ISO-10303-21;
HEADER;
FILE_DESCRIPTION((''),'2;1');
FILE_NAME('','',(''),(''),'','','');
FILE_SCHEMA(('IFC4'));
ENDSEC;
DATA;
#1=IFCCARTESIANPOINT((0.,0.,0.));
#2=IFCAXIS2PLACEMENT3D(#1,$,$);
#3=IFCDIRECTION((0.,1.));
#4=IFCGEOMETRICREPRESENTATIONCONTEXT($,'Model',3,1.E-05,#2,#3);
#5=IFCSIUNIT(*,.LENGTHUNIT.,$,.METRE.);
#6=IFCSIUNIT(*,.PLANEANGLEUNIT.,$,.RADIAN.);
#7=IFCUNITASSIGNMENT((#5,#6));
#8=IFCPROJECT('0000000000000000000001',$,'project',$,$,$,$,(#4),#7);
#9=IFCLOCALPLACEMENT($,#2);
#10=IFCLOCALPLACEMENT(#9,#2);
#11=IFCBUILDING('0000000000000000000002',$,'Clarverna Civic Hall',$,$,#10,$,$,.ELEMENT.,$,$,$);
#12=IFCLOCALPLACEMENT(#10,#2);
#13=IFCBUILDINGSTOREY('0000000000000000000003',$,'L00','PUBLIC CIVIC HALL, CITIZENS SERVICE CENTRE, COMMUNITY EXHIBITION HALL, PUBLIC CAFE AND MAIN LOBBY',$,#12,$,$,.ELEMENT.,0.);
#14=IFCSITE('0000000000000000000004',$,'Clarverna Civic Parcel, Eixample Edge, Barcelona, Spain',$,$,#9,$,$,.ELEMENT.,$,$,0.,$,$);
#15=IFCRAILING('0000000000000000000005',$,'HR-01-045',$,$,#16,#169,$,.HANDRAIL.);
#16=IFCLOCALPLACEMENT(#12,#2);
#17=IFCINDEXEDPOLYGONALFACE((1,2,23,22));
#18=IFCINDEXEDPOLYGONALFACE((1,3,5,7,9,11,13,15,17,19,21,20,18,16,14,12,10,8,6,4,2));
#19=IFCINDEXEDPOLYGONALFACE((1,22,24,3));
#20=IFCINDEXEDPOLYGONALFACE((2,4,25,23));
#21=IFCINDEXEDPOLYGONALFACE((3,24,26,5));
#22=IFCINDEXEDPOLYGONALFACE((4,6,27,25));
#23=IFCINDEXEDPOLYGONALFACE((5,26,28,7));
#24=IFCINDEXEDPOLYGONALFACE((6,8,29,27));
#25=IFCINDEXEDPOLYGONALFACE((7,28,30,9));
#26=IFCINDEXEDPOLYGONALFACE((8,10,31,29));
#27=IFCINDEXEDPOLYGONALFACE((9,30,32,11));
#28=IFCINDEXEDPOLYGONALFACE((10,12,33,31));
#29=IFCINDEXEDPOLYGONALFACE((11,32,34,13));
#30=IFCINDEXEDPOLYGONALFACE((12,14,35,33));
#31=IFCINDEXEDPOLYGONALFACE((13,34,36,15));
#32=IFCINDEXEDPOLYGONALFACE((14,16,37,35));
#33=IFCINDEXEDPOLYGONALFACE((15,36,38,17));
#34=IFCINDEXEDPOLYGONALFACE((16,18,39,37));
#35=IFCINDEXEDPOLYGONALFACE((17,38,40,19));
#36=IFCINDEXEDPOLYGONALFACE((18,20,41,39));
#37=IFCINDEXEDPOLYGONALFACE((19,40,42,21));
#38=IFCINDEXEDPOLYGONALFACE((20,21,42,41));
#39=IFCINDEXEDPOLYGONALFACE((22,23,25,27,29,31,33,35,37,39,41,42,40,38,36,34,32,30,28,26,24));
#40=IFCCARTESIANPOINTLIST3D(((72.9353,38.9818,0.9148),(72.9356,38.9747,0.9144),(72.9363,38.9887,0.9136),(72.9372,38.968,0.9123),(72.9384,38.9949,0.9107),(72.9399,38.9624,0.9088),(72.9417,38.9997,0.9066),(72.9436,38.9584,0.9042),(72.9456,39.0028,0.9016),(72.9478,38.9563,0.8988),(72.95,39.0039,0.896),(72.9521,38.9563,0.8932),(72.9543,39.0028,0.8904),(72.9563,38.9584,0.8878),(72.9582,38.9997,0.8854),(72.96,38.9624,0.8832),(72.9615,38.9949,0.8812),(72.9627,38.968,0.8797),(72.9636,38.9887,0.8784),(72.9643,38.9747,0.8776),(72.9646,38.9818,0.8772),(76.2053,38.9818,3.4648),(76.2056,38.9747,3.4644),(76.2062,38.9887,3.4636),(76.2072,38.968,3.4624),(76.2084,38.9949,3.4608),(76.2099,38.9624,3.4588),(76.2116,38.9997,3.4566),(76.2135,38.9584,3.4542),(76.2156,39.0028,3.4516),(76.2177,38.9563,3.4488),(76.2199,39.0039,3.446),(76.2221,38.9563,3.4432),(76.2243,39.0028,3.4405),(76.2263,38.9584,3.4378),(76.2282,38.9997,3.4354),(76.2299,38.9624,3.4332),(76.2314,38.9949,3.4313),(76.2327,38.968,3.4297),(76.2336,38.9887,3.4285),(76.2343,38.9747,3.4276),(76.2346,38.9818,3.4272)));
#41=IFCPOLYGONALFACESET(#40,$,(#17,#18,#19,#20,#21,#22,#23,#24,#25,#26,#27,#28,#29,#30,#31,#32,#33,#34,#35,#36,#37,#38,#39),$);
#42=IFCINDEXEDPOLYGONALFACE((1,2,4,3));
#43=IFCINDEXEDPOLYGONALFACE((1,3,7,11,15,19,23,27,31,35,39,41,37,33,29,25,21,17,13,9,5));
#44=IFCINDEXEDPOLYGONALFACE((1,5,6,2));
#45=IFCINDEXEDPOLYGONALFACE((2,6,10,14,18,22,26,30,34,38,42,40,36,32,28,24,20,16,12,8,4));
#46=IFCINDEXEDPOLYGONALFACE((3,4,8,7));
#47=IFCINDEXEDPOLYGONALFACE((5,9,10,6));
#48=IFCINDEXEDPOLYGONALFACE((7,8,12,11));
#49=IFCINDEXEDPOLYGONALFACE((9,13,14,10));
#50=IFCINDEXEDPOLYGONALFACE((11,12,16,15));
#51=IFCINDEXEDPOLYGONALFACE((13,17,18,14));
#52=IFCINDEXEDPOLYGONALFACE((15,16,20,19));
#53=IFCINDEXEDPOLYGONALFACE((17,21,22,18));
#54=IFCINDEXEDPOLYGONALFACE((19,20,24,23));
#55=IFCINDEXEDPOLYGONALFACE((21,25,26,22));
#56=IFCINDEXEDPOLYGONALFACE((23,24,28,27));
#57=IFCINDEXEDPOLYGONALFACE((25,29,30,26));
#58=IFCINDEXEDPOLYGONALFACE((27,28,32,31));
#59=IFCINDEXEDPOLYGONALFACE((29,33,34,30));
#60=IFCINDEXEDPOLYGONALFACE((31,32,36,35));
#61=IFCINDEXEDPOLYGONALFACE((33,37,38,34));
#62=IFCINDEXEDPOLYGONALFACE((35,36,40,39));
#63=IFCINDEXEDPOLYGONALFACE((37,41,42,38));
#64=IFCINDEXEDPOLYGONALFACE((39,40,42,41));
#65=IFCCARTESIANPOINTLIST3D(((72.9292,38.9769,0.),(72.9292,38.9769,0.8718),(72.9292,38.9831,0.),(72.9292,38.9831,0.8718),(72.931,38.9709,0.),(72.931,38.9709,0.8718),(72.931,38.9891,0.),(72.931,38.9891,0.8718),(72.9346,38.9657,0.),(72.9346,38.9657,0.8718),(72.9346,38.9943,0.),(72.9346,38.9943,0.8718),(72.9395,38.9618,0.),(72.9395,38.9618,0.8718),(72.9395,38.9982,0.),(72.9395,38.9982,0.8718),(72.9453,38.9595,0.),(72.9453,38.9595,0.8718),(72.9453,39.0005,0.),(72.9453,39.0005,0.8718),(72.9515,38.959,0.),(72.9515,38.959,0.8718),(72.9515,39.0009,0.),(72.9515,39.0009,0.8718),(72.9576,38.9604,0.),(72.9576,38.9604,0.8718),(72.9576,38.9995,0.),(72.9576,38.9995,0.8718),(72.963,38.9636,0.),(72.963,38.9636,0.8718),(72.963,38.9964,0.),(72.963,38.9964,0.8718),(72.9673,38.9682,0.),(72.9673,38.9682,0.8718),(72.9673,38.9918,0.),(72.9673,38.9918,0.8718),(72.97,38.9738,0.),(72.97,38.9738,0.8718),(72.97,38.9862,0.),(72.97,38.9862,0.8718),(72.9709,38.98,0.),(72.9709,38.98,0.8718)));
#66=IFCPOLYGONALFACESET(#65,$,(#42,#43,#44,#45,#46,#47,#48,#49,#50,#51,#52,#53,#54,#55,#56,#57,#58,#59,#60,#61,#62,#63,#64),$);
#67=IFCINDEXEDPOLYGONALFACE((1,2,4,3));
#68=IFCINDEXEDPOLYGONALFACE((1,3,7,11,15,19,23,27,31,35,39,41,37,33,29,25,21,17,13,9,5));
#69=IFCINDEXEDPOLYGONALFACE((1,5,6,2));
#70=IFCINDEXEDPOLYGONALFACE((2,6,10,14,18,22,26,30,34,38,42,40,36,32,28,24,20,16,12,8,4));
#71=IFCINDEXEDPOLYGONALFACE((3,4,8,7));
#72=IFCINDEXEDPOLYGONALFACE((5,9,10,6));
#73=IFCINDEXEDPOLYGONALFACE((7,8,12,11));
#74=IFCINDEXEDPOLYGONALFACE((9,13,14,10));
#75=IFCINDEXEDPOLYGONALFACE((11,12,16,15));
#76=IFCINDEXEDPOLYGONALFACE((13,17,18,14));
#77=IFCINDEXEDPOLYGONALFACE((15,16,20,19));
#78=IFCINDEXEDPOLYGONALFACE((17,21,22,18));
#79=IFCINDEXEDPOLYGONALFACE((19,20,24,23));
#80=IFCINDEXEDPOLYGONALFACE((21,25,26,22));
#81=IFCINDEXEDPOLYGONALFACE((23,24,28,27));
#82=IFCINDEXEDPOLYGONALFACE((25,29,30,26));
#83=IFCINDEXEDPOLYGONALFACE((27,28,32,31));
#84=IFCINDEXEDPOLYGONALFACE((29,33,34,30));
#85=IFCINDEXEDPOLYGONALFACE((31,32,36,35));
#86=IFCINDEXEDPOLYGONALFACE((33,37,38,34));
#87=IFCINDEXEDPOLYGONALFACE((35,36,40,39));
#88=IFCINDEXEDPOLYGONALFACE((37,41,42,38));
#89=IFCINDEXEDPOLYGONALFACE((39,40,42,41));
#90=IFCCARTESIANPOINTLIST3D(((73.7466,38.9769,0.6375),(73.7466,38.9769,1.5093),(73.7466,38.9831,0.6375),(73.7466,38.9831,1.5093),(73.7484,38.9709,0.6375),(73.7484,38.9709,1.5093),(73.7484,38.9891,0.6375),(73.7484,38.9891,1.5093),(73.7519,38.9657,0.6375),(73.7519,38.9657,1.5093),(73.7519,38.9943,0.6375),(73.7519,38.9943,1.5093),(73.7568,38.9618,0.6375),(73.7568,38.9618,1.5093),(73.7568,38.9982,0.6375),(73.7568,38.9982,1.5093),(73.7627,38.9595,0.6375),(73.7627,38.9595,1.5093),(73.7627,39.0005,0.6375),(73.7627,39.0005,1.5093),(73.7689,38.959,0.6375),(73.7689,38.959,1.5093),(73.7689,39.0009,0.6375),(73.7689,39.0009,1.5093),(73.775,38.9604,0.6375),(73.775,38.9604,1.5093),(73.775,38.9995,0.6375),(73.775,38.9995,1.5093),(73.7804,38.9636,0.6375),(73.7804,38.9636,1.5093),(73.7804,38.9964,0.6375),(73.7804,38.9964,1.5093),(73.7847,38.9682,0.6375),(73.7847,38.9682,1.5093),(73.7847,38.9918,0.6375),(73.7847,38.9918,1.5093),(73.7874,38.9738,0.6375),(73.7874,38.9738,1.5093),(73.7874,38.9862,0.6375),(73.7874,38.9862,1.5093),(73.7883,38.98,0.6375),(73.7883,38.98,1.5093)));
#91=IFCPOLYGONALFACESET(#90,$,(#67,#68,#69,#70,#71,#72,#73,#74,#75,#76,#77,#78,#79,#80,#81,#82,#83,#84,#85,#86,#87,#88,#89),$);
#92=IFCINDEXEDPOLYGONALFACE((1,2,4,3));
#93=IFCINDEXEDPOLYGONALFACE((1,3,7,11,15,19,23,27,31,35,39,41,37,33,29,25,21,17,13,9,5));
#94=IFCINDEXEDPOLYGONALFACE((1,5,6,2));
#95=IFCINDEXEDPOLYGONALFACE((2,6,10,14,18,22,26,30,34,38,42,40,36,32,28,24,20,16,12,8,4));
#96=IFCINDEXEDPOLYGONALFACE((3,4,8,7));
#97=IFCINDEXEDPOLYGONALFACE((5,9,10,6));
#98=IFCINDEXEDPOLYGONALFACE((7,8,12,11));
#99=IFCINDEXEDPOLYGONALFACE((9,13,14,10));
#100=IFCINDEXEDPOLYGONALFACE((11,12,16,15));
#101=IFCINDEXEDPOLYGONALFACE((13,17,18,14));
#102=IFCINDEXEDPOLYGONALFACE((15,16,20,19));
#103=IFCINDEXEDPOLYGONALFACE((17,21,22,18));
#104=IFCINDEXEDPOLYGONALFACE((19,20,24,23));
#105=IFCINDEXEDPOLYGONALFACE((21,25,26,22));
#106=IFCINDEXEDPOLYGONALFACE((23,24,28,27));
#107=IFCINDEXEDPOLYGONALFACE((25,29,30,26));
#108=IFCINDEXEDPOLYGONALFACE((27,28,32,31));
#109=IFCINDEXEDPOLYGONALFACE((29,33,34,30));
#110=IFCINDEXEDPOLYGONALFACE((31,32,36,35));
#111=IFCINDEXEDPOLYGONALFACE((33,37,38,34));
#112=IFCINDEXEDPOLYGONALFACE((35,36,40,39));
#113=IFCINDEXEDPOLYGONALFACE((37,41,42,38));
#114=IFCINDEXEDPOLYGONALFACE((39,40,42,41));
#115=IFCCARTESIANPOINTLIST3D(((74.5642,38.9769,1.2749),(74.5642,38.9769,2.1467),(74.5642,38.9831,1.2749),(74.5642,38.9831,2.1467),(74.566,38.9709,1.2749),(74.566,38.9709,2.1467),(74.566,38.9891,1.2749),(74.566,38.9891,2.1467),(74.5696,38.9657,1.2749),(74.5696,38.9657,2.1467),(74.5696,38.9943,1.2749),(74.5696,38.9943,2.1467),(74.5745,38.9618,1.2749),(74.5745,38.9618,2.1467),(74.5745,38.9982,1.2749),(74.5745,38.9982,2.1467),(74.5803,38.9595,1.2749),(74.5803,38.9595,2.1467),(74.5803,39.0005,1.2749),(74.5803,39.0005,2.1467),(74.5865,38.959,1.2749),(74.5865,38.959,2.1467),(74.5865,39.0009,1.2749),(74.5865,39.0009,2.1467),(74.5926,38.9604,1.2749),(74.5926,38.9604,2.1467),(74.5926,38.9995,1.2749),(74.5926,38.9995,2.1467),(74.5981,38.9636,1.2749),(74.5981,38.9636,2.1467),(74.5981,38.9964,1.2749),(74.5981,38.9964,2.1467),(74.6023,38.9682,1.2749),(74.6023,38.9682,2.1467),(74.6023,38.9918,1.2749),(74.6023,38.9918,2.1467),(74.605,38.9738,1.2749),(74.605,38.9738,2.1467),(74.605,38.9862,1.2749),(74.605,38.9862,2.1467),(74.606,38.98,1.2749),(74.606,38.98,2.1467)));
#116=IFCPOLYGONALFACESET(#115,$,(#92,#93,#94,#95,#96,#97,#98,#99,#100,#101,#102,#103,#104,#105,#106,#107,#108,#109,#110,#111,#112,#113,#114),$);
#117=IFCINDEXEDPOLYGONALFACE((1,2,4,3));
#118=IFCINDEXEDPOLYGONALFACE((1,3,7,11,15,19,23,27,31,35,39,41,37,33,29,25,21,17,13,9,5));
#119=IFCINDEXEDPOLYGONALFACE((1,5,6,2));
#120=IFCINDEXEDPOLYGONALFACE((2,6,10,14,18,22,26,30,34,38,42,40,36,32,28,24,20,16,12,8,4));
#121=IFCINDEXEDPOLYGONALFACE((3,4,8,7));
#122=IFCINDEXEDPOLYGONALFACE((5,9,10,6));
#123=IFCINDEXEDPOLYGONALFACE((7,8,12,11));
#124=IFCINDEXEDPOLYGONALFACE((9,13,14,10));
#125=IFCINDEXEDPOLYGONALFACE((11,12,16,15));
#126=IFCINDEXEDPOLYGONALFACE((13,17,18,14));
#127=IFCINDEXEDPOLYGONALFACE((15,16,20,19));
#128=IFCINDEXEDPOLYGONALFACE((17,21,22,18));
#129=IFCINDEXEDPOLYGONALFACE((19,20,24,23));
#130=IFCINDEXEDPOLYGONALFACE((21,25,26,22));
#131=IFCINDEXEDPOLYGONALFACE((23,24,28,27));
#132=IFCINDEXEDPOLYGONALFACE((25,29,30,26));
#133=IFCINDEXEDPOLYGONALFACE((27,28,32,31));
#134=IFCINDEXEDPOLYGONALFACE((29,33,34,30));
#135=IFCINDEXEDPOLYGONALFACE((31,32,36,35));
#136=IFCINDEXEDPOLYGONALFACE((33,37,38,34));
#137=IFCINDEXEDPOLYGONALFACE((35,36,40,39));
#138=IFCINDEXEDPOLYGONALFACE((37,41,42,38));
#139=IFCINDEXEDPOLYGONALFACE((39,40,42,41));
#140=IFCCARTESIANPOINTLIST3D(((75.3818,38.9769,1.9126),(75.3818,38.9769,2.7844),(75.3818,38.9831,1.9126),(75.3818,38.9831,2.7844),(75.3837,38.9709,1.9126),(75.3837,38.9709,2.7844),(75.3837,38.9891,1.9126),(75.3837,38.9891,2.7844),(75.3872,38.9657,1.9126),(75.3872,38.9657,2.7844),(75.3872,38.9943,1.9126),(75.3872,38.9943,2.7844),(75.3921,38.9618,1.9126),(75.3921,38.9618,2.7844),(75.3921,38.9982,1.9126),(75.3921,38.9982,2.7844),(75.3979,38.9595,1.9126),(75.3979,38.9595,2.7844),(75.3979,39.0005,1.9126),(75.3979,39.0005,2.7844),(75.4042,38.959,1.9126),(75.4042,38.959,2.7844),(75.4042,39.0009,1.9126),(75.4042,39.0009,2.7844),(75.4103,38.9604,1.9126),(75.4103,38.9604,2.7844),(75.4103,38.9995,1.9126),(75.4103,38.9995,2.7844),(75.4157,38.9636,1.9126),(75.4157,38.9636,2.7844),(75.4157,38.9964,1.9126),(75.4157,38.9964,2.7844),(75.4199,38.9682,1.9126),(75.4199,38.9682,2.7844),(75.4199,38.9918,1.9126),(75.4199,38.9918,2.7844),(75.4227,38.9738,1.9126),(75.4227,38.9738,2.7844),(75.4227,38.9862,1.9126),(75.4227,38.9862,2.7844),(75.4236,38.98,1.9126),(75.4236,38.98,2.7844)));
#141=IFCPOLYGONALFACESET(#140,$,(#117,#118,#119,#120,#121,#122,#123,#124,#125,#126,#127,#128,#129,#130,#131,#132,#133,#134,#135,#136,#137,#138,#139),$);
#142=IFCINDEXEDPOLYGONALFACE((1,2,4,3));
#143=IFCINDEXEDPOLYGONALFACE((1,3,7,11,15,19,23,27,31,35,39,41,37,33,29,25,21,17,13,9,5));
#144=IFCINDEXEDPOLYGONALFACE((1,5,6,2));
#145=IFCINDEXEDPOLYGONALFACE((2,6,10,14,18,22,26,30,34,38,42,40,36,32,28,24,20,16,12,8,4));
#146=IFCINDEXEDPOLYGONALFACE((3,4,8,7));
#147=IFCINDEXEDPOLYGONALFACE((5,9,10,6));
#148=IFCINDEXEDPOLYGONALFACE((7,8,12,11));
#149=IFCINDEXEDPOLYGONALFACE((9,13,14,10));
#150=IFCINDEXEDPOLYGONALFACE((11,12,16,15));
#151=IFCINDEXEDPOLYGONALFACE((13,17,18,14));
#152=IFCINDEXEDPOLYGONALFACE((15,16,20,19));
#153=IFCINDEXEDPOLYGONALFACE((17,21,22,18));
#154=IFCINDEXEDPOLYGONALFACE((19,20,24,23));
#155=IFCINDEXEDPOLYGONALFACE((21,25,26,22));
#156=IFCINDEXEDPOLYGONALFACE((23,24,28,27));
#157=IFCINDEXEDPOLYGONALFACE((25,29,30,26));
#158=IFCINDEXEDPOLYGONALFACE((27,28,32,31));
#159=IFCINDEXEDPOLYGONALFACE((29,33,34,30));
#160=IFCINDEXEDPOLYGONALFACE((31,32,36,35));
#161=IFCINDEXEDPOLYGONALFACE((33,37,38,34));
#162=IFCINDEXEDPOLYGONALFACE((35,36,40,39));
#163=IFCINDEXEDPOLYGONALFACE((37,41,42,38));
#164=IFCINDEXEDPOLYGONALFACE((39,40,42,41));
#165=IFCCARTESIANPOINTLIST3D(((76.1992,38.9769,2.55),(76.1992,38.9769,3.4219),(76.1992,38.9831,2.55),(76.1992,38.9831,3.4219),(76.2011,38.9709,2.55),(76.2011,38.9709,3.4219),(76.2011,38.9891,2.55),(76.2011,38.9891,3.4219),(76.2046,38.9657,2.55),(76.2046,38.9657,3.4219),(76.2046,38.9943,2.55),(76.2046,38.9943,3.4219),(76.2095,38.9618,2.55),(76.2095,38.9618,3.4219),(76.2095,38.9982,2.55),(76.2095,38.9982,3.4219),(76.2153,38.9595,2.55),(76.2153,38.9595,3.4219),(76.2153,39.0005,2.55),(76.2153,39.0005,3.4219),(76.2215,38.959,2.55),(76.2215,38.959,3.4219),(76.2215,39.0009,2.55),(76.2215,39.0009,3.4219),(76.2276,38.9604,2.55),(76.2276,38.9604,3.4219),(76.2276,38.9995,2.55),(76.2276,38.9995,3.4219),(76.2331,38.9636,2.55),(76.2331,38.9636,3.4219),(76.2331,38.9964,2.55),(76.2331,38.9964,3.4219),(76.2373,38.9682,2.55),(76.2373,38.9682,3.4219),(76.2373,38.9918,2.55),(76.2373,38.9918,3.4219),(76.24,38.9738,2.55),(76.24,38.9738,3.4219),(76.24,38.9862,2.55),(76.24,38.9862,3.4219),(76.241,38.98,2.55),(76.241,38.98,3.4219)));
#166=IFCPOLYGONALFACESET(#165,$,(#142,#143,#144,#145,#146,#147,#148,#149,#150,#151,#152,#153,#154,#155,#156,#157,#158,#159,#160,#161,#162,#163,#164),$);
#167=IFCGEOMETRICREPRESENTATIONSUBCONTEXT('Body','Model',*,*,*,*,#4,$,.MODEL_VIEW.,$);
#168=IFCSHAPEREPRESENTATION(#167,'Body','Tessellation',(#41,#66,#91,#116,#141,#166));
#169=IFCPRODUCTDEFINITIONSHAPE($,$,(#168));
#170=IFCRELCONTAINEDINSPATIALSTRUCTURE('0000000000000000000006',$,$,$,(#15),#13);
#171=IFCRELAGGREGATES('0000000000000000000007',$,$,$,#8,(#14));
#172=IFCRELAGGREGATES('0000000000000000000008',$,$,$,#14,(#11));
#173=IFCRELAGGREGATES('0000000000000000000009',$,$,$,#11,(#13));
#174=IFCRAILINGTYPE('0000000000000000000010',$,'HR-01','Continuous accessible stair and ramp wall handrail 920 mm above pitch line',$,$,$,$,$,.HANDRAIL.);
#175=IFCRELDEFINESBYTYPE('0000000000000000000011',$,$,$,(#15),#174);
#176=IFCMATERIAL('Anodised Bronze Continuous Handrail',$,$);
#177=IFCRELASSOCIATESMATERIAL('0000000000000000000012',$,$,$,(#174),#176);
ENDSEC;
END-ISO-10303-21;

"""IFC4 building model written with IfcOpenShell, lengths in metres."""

from ifc_helpers import new_model, si_unit, direction, frame, origin, origin_2d, place, context, subcontext, project, spatial, circle, extrude, material, type_object, element, save


model = new_model("IFC4")

# Units and contexts
model_context = context("Model", 3, precision=1e-05, world=origin(), true_north=direction((0.0, 1.0)))
body_context = subcontext(model_context, "Body", "Model", "MODEL_VIEW")
ifc_project = project(units=[si_unit("LENGTHUNIT", "METRE"), si_unit("PLANEANGLEUNIT", "RADIAN")], contexts=[model_context])

# Site, building, storey
site_placement = place(None, origin())
site = spatial("IfcSite", under=ifc_project, at=site_placement, Name="Clarverna Civic Parcel, Eixample Edge, Barcelona, Spain", CompositionType="ELEMENT", RefElevation=0.0)
building_placement = place(site_placement, origin())
building = spatial("IfcBuilding", under=site, at=building_placement, Name="Clarverna Civic Hall", CompositionType="ELEMENT")
storey_placement = place(building_placement, origin())
storey = spatial("IfcBuildingStorey", under=building, at=storey_placement, Name="L00", Description="PUBLIC CIVIC HALL, CITIZENS SERVICE CENTRE, COMMUNITY EXHIBITION HALL, PUBLIC CAFE AND MAIN LOBBY", CompositionType="ELEMENT", Elevation=0.0)

# Railing
ifc_material_1 = material(Name="Anodised Bronze Continuous Handrail")
railing_type_1 = type_object("IfcRailingType", Name="HR-01", Description="Continuous accessible stair and ramp wall handrail 920 mm above pitch line", PredefinedType="HANDRAIL", material=ifc_material_1)
railing_1_placement = place(storey_placement, frame((72.95, 38.98, 0.0)))
element("IfcRailing", 1, at=railing_1_placement, inside=storey, type_object=railing_type_1, Name="HR-01-045", PredefinedType="HANDRAIL", context=body_context, shape_type="SweptSolid", body=[
    extrude(circle(Radius=0.0239, at=origin_2d()), frame((0.0, 0.0, 0.896), z_axis=(0.788569, 0.0, 0.614947), x_axis=(0.0, 1.0, 0.0)), (0.0, 0.0, 1.0), 4.1467),
    extrude(circle(Radius=0.021, at=origin_2d()), origin(), (0.0, 0.0, 1.0), 0.8718),
    extrude(circle(Radius=0.021, at=origin_2d()), frame((0.8174, 0.0, 0.6375)), (0.0, 0.0, 1.0), 0.8718),
    extrude(circle(Radius=0.021, at=origin_2d()), frame((1.635, 0.0, 1.2749)), (0.0, 0.0, 1.0), 0.8718),
    extrude(circle(Radius=0.021, at=origin_2d()), frame((2.4526, 0.0, 1.9126)), (0.0, 0.0, 1.0), 0.8718),
    extrude(circle(Radius=0.021, at=origin_2d()), frame((3.27, 0.0, 2.55)), (0.0, 0.0, 1.0), 0.8718),
])

save(model, "model.ifc")
